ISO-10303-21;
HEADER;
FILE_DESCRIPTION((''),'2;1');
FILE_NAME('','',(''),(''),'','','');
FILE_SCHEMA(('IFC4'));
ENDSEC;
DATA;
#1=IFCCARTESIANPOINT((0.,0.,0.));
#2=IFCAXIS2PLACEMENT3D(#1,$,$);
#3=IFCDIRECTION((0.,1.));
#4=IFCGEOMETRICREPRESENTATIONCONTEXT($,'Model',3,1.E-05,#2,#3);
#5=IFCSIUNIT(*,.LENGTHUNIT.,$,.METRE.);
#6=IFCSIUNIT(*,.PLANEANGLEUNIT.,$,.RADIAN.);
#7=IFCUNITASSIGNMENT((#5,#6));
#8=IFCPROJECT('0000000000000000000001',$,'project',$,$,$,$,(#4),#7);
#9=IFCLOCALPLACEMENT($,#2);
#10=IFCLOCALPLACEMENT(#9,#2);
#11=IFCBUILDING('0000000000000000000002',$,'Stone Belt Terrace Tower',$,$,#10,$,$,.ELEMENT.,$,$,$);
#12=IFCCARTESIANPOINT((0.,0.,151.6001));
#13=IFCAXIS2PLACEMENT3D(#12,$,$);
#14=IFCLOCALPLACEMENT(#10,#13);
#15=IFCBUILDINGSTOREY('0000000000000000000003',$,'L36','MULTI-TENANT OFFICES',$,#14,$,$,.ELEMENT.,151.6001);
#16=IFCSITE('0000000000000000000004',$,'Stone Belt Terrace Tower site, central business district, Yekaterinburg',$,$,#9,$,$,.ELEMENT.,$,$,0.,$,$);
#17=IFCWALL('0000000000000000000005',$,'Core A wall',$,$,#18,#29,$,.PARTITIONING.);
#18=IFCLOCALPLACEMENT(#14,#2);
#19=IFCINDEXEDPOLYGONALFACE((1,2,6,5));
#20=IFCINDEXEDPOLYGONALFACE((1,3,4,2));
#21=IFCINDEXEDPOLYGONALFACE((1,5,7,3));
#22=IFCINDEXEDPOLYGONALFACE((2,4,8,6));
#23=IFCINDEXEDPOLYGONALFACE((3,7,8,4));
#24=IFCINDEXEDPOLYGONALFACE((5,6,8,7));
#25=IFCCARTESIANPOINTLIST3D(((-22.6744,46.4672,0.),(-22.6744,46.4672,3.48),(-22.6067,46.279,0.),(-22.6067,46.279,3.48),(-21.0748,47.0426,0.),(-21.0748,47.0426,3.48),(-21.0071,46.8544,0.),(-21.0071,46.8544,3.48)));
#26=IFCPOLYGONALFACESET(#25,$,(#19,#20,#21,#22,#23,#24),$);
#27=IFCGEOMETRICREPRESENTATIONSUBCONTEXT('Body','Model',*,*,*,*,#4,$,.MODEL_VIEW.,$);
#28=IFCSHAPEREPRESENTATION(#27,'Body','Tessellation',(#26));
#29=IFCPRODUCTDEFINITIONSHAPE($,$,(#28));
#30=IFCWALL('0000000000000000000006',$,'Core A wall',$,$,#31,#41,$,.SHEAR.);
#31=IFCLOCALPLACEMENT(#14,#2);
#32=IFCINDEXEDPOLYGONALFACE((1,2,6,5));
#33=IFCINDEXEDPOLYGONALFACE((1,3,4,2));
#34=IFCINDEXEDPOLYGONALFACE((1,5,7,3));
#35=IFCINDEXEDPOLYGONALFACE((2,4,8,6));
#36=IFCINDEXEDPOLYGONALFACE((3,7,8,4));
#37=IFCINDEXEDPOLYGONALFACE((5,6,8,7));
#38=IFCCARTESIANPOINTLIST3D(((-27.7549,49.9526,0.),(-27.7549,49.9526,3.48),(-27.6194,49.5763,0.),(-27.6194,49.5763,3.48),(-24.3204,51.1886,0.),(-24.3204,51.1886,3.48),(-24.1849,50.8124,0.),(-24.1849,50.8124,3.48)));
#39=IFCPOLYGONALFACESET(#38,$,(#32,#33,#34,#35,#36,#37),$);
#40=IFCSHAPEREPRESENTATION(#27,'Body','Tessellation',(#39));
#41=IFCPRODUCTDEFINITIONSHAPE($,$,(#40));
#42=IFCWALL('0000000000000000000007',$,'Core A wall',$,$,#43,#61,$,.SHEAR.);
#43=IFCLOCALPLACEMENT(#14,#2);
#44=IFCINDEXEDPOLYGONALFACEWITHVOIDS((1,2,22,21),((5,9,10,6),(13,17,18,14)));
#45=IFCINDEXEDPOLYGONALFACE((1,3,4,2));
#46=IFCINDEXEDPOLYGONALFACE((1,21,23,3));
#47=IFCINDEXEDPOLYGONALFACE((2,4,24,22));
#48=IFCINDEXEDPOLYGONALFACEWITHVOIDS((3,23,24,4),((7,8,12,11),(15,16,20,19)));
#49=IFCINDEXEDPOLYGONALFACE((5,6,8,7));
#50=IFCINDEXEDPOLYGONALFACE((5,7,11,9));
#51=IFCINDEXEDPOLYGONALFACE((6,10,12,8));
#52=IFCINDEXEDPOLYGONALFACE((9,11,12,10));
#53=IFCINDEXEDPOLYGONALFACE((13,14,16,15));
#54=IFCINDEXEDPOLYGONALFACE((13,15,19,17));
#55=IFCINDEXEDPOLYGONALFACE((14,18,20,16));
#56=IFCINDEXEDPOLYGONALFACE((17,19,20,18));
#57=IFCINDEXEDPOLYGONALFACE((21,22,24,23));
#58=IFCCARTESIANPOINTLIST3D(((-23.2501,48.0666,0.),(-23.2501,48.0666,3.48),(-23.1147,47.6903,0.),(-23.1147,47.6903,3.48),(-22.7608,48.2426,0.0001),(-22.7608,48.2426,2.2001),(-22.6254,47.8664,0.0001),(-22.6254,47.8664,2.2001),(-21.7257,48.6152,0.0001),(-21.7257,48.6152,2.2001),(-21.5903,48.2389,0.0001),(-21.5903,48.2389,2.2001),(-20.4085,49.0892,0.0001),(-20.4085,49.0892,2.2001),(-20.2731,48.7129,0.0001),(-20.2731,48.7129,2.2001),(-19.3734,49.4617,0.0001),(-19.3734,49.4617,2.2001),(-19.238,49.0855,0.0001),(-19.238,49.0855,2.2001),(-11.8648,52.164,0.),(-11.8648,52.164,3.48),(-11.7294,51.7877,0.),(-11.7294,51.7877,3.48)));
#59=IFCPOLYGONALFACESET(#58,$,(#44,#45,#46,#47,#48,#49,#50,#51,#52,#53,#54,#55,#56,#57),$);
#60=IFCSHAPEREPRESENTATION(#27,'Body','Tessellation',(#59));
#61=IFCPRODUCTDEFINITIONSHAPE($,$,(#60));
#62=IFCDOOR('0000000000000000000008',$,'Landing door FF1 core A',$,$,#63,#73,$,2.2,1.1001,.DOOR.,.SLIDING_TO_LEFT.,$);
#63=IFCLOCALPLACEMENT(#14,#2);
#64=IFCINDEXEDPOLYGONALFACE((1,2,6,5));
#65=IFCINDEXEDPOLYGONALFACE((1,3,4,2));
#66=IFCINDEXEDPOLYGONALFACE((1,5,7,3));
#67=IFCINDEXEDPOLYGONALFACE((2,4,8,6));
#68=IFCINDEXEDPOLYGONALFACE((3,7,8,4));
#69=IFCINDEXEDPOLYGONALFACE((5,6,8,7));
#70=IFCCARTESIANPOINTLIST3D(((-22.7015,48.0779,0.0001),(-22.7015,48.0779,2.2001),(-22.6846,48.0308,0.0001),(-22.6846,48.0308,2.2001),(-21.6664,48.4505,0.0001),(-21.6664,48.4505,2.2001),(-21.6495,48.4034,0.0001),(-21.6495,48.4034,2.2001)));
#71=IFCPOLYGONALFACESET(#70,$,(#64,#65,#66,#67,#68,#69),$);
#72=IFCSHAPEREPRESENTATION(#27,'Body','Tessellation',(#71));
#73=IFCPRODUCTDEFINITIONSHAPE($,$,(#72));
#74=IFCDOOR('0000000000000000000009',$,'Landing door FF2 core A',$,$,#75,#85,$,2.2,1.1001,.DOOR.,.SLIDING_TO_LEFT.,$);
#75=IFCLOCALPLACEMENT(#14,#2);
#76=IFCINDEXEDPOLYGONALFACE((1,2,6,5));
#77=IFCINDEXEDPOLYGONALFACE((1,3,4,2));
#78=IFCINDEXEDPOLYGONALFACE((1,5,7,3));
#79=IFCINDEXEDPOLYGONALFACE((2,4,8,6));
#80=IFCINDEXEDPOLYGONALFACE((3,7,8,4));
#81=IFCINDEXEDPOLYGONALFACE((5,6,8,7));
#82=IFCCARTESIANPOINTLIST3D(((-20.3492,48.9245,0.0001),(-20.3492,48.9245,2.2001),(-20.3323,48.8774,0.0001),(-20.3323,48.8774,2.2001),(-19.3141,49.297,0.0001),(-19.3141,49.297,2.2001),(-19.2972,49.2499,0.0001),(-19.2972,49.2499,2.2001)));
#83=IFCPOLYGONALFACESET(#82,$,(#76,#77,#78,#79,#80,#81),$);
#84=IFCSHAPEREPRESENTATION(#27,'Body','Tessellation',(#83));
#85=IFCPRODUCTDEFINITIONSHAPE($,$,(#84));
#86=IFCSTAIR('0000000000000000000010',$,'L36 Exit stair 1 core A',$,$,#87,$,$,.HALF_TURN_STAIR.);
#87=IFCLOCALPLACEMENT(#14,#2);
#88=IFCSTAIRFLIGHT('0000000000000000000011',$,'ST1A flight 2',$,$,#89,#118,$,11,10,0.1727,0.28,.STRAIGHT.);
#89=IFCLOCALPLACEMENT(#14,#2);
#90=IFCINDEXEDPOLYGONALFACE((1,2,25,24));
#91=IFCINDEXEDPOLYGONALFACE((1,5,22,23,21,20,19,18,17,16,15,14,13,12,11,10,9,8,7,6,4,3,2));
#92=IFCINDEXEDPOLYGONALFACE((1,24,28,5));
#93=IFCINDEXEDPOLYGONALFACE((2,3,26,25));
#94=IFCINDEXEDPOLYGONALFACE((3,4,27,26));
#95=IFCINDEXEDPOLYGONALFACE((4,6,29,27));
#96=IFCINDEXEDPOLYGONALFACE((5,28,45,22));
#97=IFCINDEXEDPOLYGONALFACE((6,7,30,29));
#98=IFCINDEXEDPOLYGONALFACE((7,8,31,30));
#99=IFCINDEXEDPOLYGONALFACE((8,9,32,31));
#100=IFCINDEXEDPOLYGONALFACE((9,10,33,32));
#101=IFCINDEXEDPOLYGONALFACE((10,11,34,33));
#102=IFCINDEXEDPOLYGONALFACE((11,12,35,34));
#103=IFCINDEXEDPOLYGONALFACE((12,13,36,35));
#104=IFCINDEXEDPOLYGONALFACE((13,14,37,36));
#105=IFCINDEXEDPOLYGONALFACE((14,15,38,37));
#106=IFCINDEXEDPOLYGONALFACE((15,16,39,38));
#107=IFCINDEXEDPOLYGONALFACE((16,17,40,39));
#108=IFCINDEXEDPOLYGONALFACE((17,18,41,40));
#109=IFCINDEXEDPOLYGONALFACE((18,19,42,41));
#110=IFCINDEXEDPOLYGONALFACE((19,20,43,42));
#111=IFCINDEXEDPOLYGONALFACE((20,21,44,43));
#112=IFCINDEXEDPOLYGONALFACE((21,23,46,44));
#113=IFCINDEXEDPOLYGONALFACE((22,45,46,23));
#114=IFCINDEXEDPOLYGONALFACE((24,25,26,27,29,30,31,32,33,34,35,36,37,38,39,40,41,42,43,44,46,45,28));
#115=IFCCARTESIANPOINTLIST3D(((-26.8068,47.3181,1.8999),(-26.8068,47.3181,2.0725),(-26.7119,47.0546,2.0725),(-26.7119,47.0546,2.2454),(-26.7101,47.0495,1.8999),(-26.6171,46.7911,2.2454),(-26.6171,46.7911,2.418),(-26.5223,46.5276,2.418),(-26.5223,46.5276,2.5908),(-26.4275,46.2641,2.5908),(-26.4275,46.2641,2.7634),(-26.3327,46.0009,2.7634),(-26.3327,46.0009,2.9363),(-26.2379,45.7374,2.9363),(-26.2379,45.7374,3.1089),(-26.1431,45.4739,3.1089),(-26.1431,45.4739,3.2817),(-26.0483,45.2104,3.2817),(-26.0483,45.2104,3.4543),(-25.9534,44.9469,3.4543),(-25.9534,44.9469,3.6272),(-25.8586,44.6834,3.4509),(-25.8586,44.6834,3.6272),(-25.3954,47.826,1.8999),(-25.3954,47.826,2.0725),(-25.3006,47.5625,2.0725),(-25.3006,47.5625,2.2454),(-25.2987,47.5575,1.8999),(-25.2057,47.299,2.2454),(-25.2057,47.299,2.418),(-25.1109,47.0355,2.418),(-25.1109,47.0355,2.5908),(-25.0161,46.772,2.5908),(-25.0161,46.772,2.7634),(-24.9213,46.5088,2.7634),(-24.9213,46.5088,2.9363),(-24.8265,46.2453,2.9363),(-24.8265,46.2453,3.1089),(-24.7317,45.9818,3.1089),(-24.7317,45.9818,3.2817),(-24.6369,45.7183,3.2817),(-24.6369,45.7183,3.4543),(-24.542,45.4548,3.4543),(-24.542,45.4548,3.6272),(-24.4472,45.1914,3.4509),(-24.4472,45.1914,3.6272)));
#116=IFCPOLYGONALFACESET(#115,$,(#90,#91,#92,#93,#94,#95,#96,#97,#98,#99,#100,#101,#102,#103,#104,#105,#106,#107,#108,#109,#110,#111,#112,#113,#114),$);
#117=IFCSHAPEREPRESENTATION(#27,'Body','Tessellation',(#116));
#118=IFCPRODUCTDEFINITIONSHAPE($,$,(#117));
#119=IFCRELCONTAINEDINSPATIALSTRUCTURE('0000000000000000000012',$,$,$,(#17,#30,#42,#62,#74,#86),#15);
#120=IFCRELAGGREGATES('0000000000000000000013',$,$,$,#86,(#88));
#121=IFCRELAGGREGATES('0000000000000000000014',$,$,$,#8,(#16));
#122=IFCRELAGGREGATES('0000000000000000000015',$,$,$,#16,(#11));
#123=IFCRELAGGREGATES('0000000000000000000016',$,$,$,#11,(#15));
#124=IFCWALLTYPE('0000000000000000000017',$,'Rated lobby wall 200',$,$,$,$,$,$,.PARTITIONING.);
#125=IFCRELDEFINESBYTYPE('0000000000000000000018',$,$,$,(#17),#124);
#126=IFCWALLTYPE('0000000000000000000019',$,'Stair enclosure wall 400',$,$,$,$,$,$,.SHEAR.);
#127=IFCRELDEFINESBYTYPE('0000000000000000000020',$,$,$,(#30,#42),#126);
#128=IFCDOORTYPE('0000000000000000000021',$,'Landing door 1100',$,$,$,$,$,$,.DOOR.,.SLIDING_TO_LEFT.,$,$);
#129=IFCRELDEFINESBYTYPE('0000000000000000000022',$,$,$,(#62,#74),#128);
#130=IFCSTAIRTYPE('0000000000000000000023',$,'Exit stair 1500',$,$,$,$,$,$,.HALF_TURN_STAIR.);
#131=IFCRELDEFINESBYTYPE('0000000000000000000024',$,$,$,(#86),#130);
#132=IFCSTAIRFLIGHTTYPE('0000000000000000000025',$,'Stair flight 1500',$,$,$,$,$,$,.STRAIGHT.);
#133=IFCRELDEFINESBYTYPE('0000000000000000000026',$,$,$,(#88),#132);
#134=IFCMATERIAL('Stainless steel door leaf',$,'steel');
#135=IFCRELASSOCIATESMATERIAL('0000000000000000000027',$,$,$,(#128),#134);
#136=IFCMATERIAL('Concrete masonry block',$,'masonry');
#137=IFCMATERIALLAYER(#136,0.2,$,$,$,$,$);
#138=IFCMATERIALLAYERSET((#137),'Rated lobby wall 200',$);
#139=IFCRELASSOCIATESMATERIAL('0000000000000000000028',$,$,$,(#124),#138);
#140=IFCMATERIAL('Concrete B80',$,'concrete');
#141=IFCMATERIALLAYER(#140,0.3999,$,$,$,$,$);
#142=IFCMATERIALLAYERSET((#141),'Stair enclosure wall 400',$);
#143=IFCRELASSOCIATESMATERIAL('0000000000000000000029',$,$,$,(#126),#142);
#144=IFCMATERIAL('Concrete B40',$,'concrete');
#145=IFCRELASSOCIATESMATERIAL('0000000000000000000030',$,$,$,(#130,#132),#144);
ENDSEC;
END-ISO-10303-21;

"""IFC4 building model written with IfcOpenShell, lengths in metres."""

from ifc_helpers import new_model, si_unit, direction, frame, frame_2d, origin, place, context, subcontext, project, spatial, polyline, rectangle, outline, extrude, material, layer, layer_set, type_object, element, fill, aggregate, save


model = new_model("IFC4")

# Units and contexts
model_context = context("Model", 3, precision=1e-05, world=origin(), true_north=direction((0.0, 1.0)))
body_context = subcontext(model_context, "Body", "Model", "MODEL_VIEW")
ifc_project = project(units=[si_unit("LENGTHUNIT", "METRE"), si_unit("PLANEANGLEUNIT", "RADIAN")], contexts=[model_context])

# Site, building, storey
site_placement = place(None, origin())
site = spatial("IfcSite", under=ifc_project, at=site_placement, Name="Stone Belt Terrace Tower site, central business district, Yekaterinburg", CompositionType="ELEMENT", RefElevation=0.0)
building_placement = place(site_placement, origin())
building = spatial("IfcBuilding", under=site, at=building_placement, Name="Stone Belt Terrace Tower", CompositionType="ELEMENT")
storey_placement = place(building_placement, frame((0.0, 0.0, 151.6001)))
storey = spatial("IfcBuildingStorey", under=building, at=storey_placement, Name="L36", Description="MULTI-TENANT OFFICES", CompositionType="ELEMENT", Elevation=151.6001)

# Shared definitions
ifc_material_1 = material(Name="Concrete B80", Category="concrete")

# Shared definitions
ifc_material_2 = material(Name="Stainless steel door leaf", Category="steel")

# Shared definitions
door_type_1 = type_object("IfcDoorType", Name="Landing door 1100", OperationType="SLIDING_TO_LEFT", PredefinedType="DOOR", material=ifc_material_2)

# Walls
ifc_material_3 = material(Name="Concrete masonry block", Category="masonry")
ifc_layer_1 = layer(ifc_material_3, 0.2)
ifc_layer_set_1 = layer_set([ifc_layer_1], Name="Rated lobby wall 200")
wall_type_1 = type_object("IfcWallType", Name="Rated lobby wall 200", PredefinedType="PARTITIONING", material=ifc_layer_set_1)
wall_1_placement = place(storey_placement, frame((-22.6406, 46.373, 0.0), z_axis=(0.0, 0.0, 1.0), x_axis=(0.940966, 0.338501, 0.0)))
element("IfcWall", 1, at=wall_1_placement, inside=storey, type_object=wall_type_1, Name="Core A wall", PredefinedType="PARTITIONING", context=body_context, shape_type="SweptSolid", body=[
    extrude(rectangle(XDim=1.7, YDim=0.2, at=frame_2d((0.8501, 0.0))), origin(), (0.0, 0.0, 1.0), 3.48),
])
ifc_layer_2 = layer(ifc_material_1, 0.3999)
ifc_layer_set_2 = layer_set([ifc_layer_2], Name="Stair enclosure wall 400")
wall_type_2 = type_object("IfcWallType", Name="Stair enclosure wall 400", PredefinedType="SHEAR", material=ifc_layer_set_2)
wall_2_placement = place(storey_placement, frame((-27.6873, 49.7644, 0.0), z_axis=(0.0, 0.0, 1.0), x_axis=(0.940919, 0.338632, 0.0)))
element("IfcWall", 2, at=wall_2_placement, inside=storey, type_object=wall_type_2, Name="Core A wall", PredefinedType="SHEAR", context=body_context, shape_type="SweptSolid", body=[
    extrude(rectangle(XDim=3.6501, YDim=0.3999, at=frame_2d((1.8252, 0.0))), origin(), (0.0, 0.0, 1.0), 3.48),
])

# Wall, openings, doors
wall_3_placement = place(storey_placement, frame((-23.1824, 47.8784, 0.0), z_axis=(0.0, 0.0, 1.0), x_axis=(0.940921, 0.338626, 0.0)))
wall_3 = element("IfcWall", 3, at=wall_3_placement, inside=storey, type_object=wall_type_2, Name="Core A wall", PredefinedType="SHEAR", context=body_context, shape_type="SweptSolid", body=[
    extrude(rectangle(XDim=12.1001, YDim=0.3999, at=frame_2d((6.05, 0.0))), origin(), (0.0, 0.0, 1.0), 3.48),
])
opening_1_placement = place(wall_3_placement, frame((0.52, 0.0, 0.0)))
opening_1 = element("IfcOpeningElement", 4, at=opening_1_placement, cuts=wall_3, PredefinedType="OPENING", context=body_context, shape_type="SweptSolid", body=[
    extrude(rectangle(XDim=1.1001, YDim=2.2, at=frame_2d((0.55, 1.1001))), frame((0.0, 0.21, 0.0), z_axis=(0.0, -1.0, 0.0), x_axis=(1.0, 0.0, 0.0)), (0.0, 0.0, 1.0), 0.4199),
])
opening_2_placement = place(wall_3_placement, frame((3.02, 0.0, 0.0)))
opening_2 = element("IfcOpeningElement", 5, at=opening_2_placement, cuts=wall_3, PredefinedType="OPENING", context=body_context, shape_type="SweptSolid", body=[
    extrude(rectangle(XDim=1.1001, YDim=2.2, at=frame_2d((0.55, 1.1001))), frame((0.0, 0.21, 0.0), z_axis=(0.0, -1.0, 0.0), x_axis=(1.0, 0.0, 0.0)), (0.0, 0.0, 1.0), 0.4199),
])
door_1_placement = place(opening_1_placement, origin())
door_1 = element("IfcDoor", 6, at=door_1_placement, inside=storey, type_object=door_type_1, Name="Landing door FF1 core A", OperationType="SLIDING_TO_LEFT", OverallHeight=2.2, OverallWidth=1.1001, PredefinedType="DOOR", context=body_context, shape_type="SweptSolid", body=[
    extrude(rectangle(XDim=1.1001, YDim=2.2, at=frame_2d((0.55, 1.1001))), frame((0.0, 0.0249, 0.0), z_axis=(0.0, -1.0, 0.0), x_axis=(1.0, 0.0, 0.0)), (0.0, 0.0, 1.0), 0.05),
])
fill(opening_1, door_1)
door_2_placement = place(opening_2_placement, origin())
door_2 = element("IfcDoor", 7, at=door_2_placement, inside=storey, type_object=door_type_1, Name="Landing door FF2 core A", OperationType="SLIDING_TO_LEFT", OverallHeight=2.2, OverallWidth=1.1001, PredefinedType="DOOR", context=body_context, shape_type="SweptSolid", body=[
    extrude(rectangle(XDim=1.1001, YDim=2.2, at=frame_2d((0.55, 1.1001))), frame((0.0, 0.0249, 0.0), z_axis=(0.0, -1.0, 0.0), x_axis=(1.0, 0.0, 0.0)), (0.0, 0.0, 1.0), 0.05),
])
fill(opening_2, door_2)

# Stair, stair flight
ifc_material_4 = material(Name="Concrete B40", Category="concrete")
stair_type = type_object("IfcStairType", Name="Exit stair 1500", PredefinedType="HALF_TURN_STAIR", material=ifc_material_4)
stair_placement = place(storey_placement, origin())
stair = element("IfcStair", 8, at=stair_placement, inside=storey, type_object=stair_type, Name="L36 Exit stair 1 core A", PredefinedType="HALF_TURN_STAIR")
stair_flight_type = type_object("IfcStairFlightType", Name="Stair flight 1500", PredefinedType="STRAIGHT", material=ifc_material_4)
stair_flight_placement = place(storey_placement, frame((-26.1011, 47.572, 1.8999), z_axis=(0.0, 0.0, 1.0), x_axis=(0.338624, -0.940922, 0.0)))
stair_flight = element("IfcStairFlight", 9, at=stair_flight_placement, type_object=stair_flight_type, Name="ST1A flight 2", NumberOfRisers=11, NumberOfTreads=10, PredefinedType="STRAIGHT", RiserHeight=0.1727, TreadLength=0.28, context=body_context, shape_type="SweptSolid", body=[
    extrude(outline(polyline([(0.0, 0.0), (0.0, 0.1726), (0.28, 0.1726), (0.28, 0.3455), (0.5601, 0.3455), (0.5601, 0.5181), (0.8401, 0.5181), (0.8401, 0.6909), (1.1201, 0.6909), (1.1201, 0.8635), (1.3999, 0.8635), (1.3999, 1.0364), (1.6799, 1.0364), (1.6799, 1.209), (1.96, 1.209), (1.96, 1.3818), (2.24, 1.3818), (2.24, 1.5544), (2.52, 1.5544), (2.52, 1.7273), (2.8, 1.7273), (2.8, 1.8999), (2.8, 1.551), (0.2854, 0.0), (0.0, 0.0)])), frame((0.0, 0.75, 0.0), z_axis=(0.0, -1.0, 0.0), x_axis=(1.0, 0.0, 0.0)), (0.0, 0.0, 1.0), 1.5),
])
aggregate(stair, [stair_flight])

save(model, "model.ifc")
